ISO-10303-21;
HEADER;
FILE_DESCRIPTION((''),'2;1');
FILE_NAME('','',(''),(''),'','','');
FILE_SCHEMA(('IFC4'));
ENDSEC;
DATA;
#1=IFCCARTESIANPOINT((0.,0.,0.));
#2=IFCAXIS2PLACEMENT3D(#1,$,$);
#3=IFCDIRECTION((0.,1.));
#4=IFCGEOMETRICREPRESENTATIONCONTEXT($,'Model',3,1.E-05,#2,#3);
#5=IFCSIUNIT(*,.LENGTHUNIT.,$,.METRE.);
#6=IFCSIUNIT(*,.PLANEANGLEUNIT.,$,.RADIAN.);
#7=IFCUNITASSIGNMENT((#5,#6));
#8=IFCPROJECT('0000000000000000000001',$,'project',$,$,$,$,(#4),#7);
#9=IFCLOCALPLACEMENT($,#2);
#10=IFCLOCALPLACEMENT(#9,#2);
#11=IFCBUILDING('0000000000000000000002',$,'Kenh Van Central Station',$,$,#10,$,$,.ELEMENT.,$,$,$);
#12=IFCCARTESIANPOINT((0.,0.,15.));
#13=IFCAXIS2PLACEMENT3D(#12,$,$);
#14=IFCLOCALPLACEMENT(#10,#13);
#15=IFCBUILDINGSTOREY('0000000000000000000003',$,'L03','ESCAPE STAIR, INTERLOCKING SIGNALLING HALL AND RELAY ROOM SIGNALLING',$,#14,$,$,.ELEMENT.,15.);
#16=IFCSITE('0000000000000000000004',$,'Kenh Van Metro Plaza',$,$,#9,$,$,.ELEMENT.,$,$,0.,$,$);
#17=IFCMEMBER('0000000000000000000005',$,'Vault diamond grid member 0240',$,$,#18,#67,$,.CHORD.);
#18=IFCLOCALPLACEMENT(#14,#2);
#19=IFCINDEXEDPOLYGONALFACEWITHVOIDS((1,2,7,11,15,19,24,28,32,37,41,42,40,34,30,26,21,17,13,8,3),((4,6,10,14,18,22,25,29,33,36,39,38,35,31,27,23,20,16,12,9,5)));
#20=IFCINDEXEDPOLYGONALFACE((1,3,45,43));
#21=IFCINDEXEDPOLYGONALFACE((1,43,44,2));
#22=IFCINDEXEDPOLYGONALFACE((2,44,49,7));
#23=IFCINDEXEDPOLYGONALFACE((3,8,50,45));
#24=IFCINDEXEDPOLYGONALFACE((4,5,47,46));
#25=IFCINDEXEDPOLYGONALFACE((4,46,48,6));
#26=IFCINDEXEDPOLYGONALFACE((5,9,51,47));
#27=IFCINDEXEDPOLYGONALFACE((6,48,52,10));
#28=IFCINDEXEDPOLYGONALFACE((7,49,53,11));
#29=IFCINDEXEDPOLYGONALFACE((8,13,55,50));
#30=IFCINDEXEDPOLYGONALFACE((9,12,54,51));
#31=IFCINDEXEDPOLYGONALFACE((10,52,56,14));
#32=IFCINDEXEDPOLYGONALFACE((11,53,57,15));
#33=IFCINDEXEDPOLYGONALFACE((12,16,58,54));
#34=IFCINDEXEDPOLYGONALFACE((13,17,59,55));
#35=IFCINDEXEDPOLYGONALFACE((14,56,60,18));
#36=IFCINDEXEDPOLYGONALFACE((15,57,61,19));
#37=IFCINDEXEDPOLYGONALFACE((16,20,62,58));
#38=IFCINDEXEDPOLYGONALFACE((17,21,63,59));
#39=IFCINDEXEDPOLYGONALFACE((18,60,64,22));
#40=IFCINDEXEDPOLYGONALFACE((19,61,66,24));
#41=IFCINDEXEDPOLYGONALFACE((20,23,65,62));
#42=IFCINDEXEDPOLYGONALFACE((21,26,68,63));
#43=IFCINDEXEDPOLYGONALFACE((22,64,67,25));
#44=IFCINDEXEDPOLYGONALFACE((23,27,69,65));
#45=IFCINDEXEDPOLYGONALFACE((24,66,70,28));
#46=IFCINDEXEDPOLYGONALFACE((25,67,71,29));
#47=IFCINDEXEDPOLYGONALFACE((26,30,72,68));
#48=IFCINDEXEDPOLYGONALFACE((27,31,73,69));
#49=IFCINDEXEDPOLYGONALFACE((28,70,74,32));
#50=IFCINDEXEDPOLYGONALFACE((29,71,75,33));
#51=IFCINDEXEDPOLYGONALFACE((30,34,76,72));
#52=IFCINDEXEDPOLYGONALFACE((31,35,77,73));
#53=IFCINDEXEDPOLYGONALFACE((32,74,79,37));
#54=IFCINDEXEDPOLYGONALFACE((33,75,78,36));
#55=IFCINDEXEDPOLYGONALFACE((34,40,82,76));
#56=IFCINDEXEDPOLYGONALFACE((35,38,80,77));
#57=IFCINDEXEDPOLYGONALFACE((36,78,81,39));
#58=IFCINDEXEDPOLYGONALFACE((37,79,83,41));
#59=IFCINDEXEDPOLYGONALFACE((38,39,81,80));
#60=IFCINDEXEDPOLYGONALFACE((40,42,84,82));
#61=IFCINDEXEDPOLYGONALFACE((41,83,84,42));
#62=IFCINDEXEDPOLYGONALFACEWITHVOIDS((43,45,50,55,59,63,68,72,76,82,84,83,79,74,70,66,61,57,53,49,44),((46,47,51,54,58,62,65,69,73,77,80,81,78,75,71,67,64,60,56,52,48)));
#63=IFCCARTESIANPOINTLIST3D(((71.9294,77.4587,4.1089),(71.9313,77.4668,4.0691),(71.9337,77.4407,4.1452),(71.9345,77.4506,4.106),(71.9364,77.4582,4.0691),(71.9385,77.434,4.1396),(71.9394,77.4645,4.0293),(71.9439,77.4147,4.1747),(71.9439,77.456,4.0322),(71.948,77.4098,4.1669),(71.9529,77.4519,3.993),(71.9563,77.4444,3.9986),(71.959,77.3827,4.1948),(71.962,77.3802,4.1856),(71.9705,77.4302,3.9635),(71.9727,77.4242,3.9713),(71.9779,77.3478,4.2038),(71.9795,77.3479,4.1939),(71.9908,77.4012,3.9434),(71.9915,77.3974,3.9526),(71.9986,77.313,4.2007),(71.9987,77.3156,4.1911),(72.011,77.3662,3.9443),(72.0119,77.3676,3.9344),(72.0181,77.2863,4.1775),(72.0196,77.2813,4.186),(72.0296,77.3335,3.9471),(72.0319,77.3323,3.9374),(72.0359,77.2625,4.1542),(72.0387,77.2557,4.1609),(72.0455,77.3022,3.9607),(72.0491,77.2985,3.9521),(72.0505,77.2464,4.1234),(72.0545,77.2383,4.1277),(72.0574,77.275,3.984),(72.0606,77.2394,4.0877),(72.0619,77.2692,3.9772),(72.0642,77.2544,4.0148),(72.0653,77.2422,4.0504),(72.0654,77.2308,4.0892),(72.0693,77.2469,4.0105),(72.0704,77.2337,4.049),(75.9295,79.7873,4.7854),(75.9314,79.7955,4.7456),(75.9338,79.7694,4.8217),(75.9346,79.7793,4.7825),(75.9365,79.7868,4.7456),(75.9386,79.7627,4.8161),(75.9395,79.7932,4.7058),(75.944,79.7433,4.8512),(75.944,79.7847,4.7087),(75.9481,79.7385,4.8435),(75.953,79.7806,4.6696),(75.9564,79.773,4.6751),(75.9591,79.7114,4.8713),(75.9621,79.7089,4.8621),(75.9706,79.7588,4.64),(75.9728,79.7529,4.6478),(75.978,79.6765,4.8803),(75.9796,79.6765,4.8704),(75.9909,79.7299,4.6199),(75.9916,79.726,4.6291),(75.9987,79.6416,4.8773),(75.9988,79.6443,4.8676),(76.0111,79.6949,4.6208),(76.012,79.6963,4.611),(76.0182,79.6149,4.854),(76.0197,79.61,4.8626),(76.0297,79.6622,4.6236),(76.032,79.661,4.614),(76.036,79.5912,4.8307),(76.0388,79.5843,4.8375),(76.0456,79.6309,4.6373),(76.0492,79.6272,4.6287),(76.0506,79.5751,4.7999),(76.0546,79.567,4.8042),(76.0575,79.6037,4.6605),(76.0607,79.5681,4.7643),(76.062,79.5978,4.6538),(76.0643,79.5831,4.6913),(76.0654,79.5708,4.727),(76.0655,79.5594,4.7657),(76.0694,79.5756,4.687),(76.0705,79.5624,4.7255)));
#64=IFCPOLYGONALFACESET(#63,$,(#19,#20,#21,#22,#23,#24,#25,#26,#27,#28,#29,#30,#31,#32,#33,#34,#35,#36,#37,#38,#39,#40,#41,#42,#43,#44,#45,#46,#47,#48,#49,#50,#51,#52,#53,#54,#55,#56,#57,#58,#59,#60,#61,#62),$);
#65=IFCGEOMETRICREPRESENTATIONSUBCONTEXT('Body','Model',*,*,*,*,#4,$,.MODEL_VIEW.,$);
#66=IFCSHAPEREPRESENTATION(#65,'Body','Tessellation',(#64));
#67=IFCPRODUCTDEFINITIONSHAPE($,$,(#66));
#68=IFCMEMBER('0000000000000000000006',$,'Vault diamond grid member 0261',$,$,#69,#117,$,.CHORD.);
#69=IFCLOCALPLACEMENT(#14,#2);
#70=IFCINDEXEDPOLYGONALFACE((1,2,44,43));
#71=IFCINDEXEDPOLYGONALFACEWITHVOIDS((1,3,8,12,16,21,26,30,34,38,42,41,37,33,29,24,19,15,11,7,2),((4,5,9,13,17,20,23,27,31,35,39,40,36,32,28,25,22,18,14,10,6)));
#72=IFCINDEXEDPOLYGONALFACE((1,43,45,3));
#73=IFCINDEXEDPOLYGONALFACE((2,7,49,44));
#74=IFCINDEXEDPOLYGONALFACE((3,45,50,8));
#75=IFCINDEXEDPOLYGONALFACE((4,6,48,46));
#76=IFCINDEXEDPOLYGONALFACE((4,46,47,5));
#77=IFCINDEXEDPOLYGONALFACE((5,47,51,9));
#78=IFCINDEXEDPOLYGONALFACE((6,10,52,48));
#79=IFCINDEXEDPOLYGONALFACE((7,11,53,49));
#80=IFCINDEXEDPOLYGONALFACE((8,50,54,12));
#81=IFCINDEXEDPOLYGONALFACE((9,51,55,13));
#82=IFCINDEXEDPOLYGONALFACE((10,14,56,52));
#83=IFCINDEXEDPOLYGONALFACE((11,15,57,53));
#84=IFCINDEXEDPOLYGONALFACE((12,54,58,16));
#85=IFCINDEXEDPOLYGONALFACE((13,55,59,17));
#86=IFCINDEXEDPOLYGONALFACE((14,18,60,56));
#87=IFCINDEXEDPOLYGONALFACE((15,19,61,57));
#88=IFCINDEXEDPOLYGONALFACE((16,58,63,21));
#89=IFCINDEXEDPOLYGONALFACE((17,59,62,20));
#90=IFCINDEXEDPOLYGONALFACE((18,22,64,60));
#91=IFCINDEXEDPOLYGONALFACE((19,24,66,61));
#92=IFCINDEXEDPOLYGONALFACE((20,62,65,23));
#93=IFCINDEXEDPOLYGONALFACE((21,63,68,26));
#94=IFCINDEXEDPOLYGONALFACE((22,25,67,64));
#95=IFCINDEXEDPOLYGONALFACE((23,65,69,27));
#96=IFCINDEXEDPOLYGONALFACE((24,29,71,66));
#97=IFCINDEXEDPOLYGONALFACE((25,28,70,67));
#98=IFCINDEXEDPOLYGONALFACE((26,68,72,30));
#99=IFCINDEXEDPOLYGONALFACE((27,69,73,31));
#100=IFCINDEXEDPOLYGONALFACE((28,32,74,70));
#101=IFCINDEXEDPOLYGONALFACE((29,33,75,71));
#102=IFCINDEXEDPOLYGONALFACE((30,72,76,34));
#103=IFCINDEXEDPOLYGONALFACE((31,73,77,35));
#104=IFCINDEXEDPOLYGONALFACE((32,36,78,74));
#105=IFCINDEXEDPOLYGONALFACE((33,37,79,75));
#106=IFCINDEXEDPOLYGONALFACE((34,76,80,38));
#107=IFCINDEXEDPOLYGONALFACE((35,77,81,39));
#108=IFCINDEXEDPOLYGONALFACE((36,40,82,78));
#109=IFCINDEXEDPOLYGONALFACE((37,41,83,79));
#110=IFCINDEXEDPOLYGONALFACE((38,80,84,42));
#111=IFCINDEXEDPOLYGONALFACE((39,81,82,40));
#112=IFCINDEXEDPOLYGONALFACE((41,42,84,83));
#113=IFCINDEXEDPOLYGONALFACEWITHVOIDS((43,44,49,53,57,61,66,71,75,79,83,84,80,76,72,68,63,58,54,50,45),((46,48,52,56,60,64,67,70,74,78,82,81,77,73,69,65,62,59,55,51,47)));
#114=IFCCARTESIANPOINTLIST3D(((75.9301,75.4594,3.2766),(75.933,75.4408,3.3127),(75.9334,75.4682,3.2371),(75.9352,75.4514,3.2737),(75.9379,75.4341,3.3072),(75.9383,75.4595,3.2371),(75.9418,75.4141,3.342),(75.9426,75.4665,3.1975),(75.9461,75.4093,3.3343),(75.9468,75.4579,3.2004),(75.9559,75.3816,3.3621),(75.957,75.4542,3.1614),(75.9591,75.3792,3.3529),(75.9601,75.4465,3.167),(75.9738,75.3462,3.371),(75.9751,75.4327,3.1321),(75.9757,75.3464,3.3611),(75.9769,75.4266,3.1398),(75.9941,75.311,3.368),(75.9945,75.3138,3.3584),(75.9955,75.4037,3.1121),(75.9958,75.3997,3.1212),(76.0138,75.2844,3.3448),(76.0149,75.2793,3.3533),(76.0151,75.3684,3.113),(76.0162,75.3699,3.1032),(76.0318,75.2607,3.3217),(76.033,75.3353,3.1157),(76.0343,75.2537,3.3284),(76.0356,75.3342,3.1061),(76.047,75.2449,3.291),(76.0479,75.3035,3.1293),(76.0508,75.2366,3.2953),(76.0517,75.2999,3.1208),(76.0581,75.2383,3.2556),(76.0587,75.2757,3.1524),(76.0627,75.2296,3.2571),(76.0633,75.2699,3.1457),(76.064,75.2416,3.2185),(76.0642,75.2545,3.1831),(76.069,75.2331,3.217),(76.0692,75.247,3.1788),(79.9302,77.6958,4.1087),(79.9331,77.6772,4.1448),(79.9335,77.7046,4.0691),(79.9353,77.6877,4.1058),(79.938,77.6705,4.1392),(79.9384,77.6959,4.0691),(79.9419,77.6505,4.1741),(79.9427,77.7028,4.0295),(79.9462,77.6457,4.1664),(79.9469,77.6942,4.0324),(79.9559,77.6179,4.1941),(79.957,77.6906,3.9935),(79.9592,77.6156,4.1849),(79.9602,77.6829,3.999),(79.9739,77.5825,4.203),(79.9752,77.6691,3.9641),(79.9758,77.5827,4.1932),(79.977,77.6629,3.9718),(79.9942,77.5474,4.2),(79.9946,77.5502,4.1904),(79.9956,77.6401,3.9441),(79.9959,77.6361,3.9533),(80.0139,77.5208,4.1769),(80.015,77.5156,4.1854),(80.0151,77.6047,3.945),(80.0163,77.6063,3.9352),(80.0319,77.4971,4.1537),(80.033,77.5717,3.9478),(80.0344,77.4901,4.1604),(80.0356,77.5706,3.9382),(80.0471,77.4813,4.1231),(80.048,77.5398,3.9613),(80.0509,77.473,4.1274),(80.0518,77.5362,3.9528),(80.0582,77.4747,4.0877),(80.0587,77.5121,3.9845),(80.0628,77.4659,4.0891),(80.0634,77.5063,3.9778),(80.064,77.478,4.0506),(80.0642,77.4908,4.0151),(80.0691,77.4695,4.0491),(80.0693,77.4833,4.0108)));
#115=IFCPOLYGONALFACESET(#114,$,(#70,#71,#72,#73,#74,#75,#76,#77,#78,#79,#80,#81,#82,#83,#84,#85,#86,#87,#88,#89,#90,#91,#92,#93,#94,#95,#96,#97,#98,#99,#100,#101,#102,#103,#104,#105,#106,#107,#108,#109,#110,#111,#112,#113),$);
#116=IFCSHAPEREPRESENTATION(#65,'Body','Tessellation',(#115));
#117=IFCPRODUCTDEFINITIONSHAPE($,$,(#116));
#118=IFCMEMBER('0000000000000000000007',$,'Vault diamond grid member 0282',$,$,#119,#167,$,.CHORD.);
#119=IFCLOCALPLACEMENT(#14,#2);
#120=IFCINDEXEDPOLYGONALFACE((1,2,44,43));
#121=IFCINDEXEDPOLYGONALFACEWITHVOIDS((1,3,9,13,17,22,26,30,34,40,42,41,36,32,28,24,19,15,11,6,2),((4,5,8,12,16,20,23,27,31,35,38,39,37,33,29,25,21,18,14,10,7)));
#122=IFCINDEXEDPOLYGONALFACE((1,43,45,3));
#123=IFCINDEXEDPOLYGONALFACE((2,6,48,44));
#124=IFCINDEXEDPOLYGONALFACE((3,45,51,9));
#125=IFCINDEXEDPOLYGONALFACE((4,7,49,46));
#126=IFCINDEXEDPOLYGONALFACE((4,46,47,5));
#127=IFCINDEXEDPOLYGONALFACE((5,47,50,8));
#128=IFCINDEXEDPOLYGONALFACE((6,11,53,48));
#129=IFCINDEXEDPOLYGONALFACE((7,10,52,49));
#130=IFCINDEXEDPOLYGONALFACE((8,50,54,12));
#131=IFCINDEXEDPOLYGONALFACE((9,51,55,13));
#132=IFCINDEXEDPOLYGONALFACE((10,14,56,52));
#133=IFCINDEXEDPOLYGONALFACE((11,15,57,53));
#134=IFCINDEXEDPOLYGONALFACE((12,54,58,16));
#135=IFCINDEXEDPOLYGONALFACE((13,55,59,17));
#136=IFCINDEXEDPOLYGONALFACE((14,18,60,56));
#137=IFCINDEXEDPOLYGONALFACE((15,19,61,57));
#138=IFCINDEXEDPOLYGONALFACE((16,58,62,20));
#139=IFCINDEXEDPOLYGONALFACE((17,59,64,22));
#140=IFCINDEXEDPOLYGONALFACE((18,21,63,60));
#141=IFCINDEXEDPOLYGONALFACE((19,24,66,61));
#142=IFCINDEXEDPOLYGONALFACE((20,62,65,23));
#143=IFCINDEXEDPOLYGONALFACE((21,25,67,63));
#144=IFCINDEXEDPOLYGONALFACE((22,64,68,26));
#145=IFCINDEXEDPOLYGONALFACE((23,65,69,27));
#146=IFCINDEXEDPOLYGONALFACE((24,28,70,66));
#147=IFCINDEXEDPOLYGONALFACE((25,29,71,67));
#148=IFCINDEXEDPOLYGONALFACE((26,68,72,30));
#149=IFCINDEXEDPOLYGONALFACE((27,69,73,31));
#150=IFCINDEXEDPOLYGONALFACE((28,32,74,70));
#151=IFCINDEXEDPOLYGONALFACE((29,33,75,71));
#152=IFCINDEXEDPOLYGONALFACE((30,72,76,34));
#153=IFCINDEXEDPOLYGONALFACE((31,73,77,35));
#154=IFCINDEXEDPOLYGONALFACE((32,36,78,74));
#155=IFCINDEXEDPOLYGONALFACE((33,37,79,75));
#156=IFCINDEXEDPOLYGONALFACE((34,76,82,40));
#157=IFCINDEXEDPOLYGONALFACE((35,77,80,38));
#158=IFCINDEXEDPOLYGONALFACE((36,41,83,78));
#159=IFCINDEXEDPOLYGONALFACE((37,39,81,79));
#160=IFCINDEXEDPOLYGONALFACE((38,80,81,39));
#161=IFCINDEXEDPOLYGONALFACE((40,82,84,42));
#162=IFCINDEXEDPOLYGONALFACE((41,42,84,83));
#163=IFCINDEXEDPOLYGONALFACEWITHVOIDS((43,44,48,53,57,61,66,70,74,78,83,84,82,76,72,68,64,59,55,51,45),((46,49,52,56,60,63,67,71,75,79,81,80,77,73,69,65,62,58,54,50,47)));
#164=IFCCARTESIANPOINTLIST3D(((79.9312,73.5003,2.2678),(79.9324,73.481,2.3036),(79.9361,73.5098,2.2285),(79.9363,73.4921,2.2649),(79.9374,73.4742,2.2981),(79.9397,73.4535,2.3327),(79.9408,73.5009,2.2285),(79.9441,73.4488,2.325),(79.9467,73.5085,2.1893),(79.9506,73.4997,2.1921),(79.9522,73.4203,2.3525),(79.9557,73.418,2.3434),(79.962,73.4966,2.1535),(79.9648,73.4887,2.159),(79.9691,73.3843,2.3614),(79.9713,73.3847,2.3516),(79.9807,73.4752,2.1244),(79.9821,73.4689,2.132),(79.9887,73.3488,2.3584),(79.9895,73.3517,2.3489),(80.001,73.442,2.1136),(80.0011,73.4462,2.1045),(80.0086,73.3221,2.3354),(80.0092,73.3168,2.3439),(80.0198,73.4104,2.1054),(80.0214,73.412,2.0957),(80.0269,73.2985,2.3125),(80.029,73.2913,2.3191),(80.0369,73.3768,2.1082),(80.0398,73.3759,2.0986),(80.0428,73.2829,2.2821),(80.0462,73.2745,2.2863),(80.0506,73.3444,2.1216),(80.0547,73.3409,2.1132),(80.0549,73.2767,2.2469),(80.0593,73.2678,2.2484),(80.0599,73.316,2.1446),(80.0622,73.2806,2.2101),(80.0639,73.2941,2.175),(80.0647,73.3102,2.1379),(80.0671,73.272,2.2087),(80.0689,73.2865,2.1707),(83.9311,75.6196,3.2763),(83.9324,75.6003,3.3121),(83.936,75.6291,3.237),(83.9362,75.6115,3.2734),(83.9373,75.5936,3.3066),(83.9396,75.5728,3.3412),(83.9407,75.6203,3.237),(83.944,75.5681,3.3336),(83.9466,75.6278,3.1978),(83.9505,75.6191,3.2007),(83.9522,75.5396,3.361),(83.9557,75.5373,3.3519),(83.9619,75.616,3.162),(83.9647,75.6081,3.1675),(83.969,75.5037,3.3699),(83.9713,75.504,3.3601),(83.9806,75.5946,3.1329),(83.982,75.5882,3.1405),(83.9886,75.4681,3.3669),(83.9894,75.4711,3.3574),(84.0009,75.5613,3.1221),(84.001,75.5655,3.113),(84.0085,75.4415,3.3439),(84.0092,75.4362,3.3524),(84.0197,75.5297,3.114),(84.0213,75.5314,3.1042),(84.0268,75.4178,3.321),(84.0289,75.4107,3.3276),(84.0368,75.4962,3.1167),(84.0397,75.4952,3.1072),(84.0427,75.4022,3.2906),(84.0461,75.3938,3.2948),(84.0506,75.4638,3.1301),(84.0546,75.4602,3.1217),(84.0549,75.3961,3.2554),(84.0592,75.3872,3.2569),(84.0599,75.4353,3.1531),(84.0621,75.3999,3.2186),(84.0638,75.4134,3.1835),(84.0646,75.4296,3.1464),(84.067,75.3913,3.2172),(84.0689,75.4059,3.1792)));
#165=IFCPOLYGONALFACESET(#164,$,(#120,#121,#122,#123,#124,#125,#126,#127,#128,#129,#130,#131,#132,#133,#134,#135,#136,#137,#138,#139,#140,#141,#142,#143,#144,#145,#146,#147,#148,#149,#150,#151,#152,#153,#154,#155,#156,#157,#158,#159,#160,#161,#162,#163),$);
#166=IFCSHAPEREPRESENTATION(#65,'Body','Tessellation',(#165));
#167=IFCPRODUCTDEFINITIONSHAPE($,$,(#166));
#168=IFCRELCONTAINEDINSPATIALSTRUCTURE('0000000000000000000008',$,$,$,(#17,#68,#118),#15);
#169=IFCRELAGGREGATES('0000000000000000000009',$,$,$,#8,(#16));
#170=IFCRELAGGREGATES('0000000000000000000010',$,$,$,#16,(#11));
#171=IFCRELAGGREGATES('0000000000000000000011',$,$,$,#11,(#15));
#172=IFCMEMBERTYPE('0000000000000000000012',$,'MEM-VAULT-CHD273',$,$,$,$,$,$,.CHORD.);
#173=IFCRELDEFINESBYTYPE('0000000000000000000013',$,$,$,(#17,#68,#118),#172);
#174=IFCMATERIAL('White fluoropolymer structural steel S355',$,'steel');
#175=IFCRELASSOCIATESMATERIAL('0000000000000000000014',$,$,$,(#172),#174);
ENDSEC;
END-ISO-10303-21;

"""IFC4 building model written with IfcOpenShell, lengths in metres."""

from ifc_helpers import new_model, si_unit, direction, frame, origin, origin_2d, place, context, subcontext, project, spatial, hollow_circle, extrude, material, material_profile, profile_set, type_object, element, save


model = new_model("IFC4")

# Units and contexts
model_context = context("Model", 3, precision=1e-05, world=origin(), true_north=direction((0.0, 1.0)))
body_context = subcontext(model_context, "Body", "Model", "MODEL_VIEW")
ifc_project = project(units=[si_unit("LENGTHUNIT", "METRE"), si_unit("PLANEANGLEUNIT", "RADIAN")], contexts=[model_context])

# Site, building, storey
site_placement = place(None, origin())
site = spatial("IfcSite", under=ifc_project, at=site_placement, Name="Kenh Van Metro Plaza", CompositionType="ELEMENT", RefElevation=0.0)
building_placement = place(site_placement, origin())
building = spatial("IfcBuilding", under=site, at=building_placement, Name="Kenh Van Central Station", CompositionType="ELEMENT")
storey_placement = place(building_placement, frame((0.0, 0.0, 15.0)))
storey = spatial("IfcBuildingStorey", under=building, at=storey_placement, Name="L03", Description="ESCAPE STAIR, INTERLOCKING SIGNALLING HALL AND RELAY ROOM SIGNALLING", CompositionType="ELEMENT", Elevation=15.0)

# Shared definitions
ifc_material_1 = material(Name="White fluoropolymer structural steel S355", Category="steel")

# Members
ifc_material_profile_1 = material_profile(ifc_material_1, hollow_circle(Radius=0.1365, WallThickness=0.01, at=origin_2d()), Name="CHS 273x10")
ifc_profile_set_1 = profile_set([ifc_material_profile_1], Name="White fluoropolymer structural steel S355")
member_type_1 = type_object("IfcMemberType", Name="MEM-VAULT-CHD273", PredefinedType="CHORD", material=ifc_profile_set_1)
member_1_placement = place(storey_placement, frame((72.0, 77.3489, 4.0691), z_axis=(0.855136, 0.49782, 0.144628), x_axis=(-0.50311, 0.864222, 0.0)))
element("IfcMember", 1, at=member_1_placement, inside=storey, type_object=member_type_1, Name="Vault diamond grid member 0240", PredefinedType="CHORD", context=body_context, shape_type="SweptSolid", body=[
    extrude(hollow_circle(Radius=0.1365, WallThickness=0.01, at=origin_2d()), origin(), (0.0, 0.0, 1.0), 4.6777),
])
member_2_placement = place(storey_placement, frame((76.0, 75.3491, 3.2371), z_axis=(0.858807, 0.480144, 0.178639), x_axis=(-0.487993, 0.872847, 0.0)))
element("IfcMember", 2, at=member_2_placement, inside=storey, type_object=member_type_1, Name="Vault diamond grid member 0261", PredefinedType="CHORD", context=body_context, shape_type="SweptSolid", body=[
    extrude(hollow_circle(Radius=0.1365, WallThickness=0.01, at=origin_2d()), origin(), (0.0, 0.0, 1.0), 4.6577),
])
member_3_placement = place(storey_placement, frame((80.0, 73.3892, 2.2285), z_axis=(0.862483, 0.456983, 0.217463), x_axis=(-0.468188, 0.883629, 0.0)))
element("IfcMember", 3, at=member_3_placement, inside=storey, type_object=member_type_1, Name="Vault diamond grid member 0282", PredefinedType="CHORD", context=body_context, shape_type="SweptSolid", body=[
    extrude(hollow_circle(Radius=0.1365, WallThickness=0.01, at=origin_2d()), origin(), (0.0, 0.0, 1.0), 4.6377),
])

save(model, "model.ifc")
